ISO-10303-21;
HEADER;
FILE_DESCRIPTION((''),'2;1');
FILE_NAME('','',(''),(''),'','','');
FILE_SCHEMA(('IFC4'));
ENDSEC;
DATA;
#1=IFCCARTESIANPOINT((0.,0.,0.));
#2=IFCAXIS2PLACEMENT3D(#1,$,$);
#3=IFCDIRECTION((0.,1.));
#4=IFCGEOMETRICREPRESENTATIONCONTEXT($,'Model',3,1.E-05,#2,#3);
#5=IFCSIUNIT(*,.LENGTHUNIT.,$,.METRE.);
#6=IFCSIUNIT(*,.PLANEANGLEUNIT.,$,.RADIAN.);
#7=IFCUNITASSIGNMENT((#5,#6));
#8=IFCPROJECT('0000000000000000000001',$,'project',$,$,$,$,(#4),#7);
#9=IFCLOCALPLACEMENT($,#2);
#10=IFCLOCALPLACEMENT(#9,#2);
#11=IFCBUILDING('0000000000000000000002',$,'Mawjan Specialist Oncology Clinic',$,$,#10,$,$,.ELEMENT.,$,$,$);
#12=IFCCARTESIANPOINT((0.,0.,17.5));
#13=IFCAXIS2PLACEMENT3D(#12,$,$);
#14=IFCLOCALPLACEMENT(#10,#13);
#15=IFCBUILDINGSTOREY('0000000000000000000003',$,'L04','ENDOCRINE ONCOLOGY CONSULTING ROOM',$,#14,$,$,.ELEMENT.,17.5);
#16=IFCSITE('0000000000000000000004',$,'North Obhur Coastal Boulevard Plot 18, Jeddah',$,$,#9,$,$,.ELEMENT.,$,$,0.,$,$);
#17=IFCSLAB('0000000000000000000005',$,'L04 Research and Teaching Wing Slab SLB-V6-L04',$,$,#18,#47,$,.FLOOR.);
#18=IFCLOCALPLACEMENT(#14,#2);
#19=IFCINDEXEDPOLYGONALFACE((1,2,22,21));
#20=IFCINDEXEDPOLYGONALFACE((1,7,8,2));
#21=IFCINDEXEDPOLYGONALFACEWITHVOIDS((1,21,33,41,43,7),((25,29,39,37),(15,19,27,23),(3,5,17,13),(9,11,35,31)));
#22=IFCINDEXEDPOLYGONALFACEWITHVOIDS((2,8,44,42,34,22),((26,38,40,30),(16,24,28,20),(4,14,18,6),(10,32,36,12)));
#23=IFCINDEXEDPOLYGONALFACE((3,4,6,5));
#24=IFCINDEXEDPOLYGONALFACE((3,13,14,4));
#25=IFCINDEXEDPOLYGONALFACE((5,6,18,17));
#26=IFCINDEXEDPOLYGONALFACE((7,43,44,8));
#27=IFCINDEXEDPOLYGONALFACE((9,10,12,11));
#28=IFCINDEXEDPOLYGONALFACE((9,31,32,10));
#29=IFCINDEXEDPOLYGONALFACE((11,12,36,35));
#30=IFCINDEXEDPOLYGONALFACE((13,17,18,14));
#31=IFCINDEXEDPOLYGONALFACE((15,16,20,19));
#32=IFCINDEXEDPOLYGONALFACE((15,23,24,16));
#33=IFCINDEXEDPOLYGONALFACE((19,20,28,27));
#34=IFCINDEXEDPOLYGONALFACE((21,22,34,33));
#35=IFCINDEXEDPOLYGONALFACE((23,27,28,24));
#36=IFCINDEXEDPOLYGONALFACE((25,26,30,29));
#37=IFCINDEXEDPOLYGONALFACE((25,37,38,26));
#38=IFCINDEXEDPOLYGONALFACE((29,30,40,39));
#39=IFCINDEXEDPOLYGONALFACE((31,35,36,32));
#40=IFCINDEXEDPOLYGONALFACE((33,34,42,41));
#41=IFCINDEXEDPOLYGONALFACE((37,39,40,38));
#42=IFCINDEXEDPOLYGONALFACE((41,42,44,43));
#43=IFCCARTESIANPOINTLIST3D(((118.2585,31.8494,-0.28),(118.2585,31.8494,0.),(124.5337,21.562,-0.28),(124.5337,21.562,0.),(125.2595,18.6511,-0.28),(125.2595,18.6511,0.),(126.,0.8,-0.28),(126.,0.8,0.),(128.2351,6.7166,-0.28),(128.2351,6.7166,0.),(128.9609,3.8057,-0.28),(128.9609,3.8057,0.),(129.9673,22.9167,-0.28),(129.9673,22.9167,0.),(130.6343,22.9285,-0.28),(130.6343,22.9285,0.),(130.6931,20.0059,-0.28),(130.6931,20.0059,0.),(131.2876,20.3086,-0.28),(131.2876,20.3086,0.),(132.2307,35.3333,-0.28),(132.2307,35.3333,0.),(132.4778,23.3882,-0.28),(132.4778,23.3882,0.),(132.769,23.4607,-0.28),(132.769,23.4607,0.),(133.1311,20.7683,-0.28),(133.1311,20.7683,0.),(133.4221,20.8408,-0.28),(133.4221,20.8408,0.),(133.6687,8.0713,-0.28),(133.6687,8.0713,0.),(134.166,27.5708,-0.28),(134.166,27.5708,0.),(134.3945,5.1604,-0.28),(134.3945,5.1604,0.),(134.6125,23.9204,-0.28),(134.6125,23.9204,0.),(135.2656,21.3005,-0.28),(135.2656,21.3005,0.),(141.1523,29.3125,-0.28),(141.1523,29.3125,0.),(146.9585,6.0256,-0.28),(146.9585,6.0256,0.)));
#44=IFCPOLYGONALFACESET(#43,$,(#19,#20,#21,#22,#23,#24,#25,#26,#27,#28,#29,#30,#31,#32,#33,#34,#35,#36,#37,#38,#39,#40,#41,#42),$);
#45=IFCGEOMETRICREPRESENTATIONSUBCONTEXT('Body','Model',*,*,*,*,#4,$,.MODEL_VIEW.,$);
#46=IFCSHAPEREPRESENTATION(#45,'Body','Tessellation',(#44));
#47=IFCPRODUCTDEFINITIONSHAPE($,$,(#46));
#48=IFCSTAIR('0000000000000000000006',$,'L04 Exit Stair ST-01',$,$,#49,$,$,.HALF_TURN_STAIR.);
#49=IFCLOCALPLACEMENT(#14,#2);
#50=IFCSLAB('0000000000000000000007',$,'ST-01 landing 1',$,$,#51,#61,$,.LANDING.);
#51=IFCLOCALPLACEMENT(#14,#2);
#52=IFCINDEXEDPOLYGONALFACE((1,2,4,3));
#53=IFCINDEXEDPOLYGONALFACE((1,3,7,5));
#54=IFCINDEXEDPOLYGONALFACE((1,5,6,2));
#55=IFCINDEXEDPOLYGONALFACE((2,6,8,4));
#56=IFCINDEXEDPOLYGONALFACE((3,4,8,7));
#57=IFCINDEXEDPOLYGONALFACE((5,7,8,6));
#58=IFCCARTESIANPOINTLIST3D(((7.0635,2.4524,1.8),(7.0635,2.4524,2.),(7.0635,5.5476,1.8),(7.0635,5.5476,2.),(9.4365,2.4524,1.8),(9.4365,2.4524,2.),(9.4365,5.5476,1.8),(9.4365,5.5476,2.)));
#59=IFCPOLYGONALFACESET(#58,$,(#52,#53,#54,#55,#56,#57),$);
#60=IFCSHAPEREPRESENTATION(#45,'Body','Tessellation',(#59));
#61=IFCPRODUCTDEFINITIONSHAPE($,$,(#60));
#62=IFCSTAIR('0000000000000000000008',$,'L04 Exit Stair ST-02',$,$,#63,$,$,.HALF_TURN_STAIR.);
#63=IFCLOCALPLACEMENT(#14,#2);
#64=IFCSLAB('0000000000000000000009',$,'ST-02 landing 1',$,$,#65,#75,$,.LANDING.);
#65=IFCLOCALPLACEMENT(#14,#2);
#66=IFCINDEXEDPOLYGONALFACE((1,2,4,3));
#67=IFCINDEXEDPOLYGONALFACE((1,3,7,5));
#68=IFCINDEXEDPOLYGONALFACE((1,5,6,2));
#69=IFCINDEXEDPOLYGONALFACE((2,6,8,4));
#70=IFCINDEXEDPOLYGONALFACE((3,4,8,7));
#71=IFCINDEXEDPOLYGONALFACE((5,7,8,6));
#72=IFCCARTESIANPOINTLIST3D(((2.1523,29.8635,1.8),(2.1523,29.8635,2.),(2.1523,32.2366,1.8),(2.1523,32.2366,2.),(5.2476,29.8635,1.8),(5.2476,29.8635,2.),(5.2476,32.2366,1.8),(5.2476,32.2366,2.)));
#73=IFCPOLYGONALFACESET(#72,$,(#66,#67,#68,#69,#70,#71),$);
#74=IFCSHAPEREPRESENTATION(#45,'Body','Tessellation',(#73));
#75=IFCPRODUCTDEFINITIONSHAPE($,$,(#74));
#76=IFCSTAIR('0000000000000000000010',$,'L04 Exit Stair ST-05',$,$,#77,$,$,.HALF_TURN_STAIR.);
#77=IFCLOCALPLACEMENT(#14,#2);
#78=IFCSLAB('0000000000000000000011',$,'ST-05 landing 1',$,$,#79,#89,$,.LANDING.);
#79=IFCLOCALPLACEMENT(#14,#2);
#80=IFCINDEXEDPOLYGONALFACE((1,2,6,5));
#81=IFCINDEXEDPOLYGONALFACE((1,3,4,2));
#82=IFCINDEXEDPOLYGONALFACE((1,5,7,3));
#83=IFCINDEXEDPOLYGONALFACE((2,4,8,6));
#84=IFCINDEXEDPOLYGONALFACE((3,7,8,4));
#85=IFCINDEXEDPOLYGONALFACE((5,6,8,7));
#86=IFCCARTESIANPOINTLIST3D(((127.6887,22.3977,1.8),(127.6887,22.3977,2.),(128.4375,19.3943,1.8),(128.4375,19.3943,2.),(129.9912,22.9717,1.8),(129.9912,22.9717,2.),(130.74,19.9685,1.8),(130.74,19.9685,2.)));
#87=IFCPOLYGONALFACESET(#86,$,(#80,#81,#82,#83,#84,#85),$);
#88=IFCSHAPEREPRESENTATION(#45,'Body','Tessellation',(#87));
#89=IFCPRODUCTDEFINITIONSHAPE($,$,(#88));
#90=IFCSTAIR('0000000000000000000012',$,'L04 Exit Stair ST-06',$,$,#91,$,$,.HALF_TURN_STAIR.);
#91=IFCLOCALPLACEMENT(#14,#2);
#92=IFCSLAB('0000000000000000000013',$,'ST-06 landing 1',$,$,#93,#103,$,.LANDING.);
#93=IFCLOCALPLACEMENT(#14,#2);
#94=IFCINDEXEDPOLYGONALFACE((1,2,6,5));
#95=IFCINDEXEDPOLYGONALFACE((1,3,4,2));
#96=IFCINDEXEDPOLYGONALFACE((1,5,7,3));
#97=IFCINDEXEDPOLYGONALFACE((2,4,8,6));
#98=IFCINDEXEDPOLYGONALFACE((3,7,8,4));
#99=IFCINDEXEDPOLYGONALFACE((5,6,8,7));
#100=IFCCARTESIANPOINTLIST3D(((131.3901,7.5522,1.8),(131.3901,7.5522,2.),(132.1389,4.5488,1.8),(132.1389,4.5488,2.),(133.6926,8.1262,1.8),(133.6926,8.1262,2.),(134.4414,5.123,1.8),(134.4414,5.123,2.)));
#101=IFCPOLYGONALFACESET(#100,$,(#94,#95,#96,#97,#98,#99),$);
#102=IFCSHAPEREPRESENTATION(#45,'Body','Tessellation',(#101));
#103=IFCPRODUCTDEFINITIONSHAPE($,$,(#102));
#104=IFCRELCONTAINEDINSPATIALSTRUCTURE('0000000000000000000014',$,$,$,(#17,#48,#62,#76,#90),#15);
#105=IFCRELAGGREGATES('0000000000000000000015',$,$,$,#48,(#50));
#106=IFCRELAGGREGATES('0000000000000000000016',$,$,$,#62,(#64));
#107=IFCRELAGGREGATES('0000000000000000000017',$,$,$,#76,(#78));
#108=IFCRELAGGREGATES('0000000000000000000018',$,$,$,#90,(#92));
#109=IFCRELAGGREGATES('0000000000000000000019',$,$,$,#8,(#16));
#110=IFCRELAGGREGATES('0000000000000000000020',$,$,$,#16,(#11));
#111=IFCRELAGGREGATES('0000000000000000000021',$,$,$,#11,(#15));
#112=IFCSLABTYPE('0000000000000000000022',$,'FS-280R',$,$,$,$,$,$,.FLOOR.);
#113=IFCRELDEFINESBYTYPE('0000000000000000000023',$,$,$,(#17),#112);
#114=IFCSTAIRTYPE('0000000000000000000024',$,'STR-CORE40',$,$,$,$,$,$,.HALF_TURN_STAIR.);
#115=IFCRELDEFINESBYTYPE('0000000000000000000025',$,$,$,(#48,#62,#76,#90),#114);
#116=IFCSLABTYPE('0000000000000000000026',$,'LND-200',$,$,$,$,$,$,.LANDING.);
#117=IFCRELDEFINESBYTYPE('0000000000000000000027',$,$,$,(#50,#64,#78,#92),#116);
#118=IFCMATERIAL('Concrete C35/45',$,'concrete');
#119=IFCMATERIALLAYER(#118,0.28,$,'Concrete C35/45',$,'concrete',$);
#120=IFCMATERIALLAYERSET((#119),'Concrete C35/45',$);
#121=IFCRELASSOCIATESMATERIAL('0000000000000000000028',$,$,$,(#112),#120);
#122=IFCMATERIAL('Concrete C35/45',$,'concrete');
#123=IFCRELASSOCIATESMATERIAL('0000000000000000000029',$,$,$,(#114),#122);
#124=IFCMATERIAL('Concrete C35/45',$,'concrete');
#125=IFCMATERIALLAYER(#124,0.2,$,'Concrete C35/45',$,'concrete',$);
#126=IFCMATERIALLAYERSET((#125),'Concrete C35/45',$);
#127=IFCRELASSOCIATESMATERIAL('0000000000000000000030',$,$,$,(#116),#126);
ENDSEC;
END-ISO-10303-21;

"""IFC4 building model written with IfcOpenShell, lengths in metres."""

from ifc_helpers import new_model, si_unit, direction, frame, origin, place, context, subcontext, project, spatial, polyline, outline, extrude, material, layer, layer_set, type_object, element, aggregate, save


model = new_model("IFC4")

# Units and contexts
model_context = context("Model", 3, precision=1e-05, world=origin(), true_north=direction((0.0, 1.0)))
body_context = subcontext(model_context, "Body", "Model", "MODEL_VIEW")
ifc_project = project(units=[si_unit("LENGTHUNIT", "METRE"), si_unit("PLANEANGLEUNIT", "RADIAN")], contexts=[model_context])

# Site, building, storey
site_placement = place(None, origin())
site = spatial("IfcSite", under=ifc_project, at=site_placement, Name="North Obhur Coastal Boulevard Plot 18, Jeddah", CompositionType="ELEMENT", RefElevation=0.0)
building_placement = place(site_placement, origin())
building = spatial("IfcBuilding", under=site, at=building_placement, Name="Mawjan Specialist Oncology Clinic", CompositionType="ELEMENT")
storey_placement = place(building_placement, frame((0.0, 0.0, 17.5)))
storey = spatial("IfcBuildingStorey", under=building, at=storey_placement, Name="L04", Description="ENDOCRINE ONCOLOGY CONSULTING ROOM", CompositionType="ELEMENT", Elevation=17.5)

# Slab
ifc_material_1 = material(Name="Concrete C35/45", Category="concrete")
ifc_layer_1 = layer(ifc_material_1, 0.28, Name="Concrete C35/45", Category="concrete")
ifc_layer_set_1 = layer_set([ifc_layer_1], Name="Concrete C35/45")
slab_type_1 = type_object("IfcSlabType", Name="FS-280R", PredefinedType="FLOOR", material=ifc_layer_set_1)
slab_1_placement = place(storey_placement, frame((0.0, 0.0, -0.28)))
element("IfcSlab", 1, at=slab_1_placement, inside=storey, type_object=slab_type_1, Name="L04 Research and Teaching Wing Slab SLB-V6-L04", PredefinedType="FLOOR", context=body_context, shape_type="SweptSolid", body=[
    extrude(outline(polyline([(126.0, 0.8), (146.9585, 6.0256), (141.1523, 29.3125), (134.166, 27.5708), (132.2307, 35.3333), (118.2585, 31.8494), (126.0, 0.8)]), holes=[polyline([(125.2595, 18.6511), (130.6931, 20.0059), (129.9673, 22.9167), (124.5337, 21.562), (125.2595, 18.6511)]), polyline([(131.2876, 20.3086), (133.1311, 20.7683), (132.4778, 23.3882), (130.6343, 22.9285), (131.2876, 20.3086)]), polyline([(133.4221, 20.8408), (135.2656, 21.3005), (134.6125, 23.9204), (132.769, 23.4607), (133.4221, 20.8408)]), polyline([(128.9609, 3.8057), (134.3945, 5.1604), (133.6687, 8.0713), (128.2351, 6.7166), (128.9609, 3.8057)])]), origin(), (0.0, 0.0, 1.0), 0.28),
])

# Stairs, slabs
ifc_material_2 = material(Name="Concrete C35/45", Category="concrete")
stair_type = type_object("IfcStairType", Name="STR-CORE40", PredefinedType="HALF_TURN_STAIR", material=ifc_material_2)
stair_1_placement = place(storey_placement, origin())
stair_1 = element("IfcStair", 2, at=stair_1_placement, inside=storey, type_object=stair_type, Name="L04 Exit Stair ST-01", PredefinedType="HALF_TURN_STAIR")
ifc_material_3 = material(Name="Concrete C35/45", Category="concrete")
ifc_layer_2 = layer(ifc_material_3, 0.2, Name="Concrete C35/45", Category="concrete")
ifc_layer_set_2 = layer_set([ifc_layer_2], Name="Concrete C35/45")
slab_type_2 = type_object("IfcSlabType", Name="LND-200", PredefinedType="LANDING", material=ifc_layer_set_2)
slab_2_placement = place(storey_placement, frame((0.0, 0.0, 1.8)))
slab_2 = element("IfcSlab", 3, at=slab_2_placement, type_object=slab_type_2, Name="ST-01 landing 1", PredefinedType="LANDING", context=body_context, shape_type="SweptSolid", body=[
    extrude(outline(polyline([(7.0635, 2.4524), (9.4365, 2.4524), (9.4365, 5.5476), (7.0635, 5.5476), (7.0635, 2.4524)])), origin(), (0.0, 0.0, 1.0), 0.2),
])
aggregate(stair_1, [slab_2])
stair_2_placement = place(storey_placement, origin())
stair_2 = element("IfcStair", 4, at=stair_2_placement, inside=storey, type_object=stair_type, Name="L04 Exit Stair ST-02", PredefinedType="HALF_TURN_STAIR")
slab_3_placement = place(storey_placement, frame((0.0, 0.0, 1.8)))
slab_3 = element("IfcSlab", 5, at=slab_3_placement, type_object=slab_type_2, Name="ST-02 landing 1", PredefinedType="LANDING", context=body_context, shape_type="SweptSolid", body=[
    extrude(outline(polyline([(5.2476, 29.8635), (5.2476, 32.2366), (2.1523, 32.2366), (2.1523, 29.8635), (5.2476, 29.8635)])), origin(), (0.0, 0.0, 1.0), 0.2),
])
aggregate(stair_2, [slab_3])
stair_3_placement = place(storey_placement, origin())
stair_3 = element("IfcStair", 6, at=stair_3_placement, inside=storey, type_object=stair_type, Name="L04 Exit Stair ST-05", PredefinedType="HALF_TURN_STAIR")
slab_4_placement = place(storey_placement, frame((0.0, 0.0, 1.8)))
slab_4 = element("IfcSlab", 7, at=slab_4_placement, type_object=slab_type_2, Name="ST-05 landing 1", PredefinedType="LANDING", context=body_context, shape_type="SweptSolid", body=[
    extrude(outline(polyline([(128.4375, 19.3943), (130.74, 19.9685), (129.9912, 22.9717), (127.6887, 22.3977), (128.4375, 19.3943)])), origin(), (0.0, 0.0, 1.0), 0.2),
])
aggregate(stair_3, [slab_4])
stair_4_placement = place(storey_placement, origin())
stair_4 = element("IfcStair", 8, at=stair_4_placement, inside=storey, type_object=stair_type, Name="L04 Exit Stair ST-06", PredefinedType="HALF_TURN_STAIR")
slab_5_placement = place(storey_placement, frame((0.0, 0.0, 1.8)))
slab_5 = element("IfcSlab", 9, at=slab_5_placement, type_object=slab_type_2, Name="ST-06 landing 1", PredefinedType="LANDING", context=body_context, shape_type="SweptSolid", body=[
    extrude(outline(polyline([(132.1389, 4.5488), (134.4414, 5.123), (133.6926, 8.1262), (131.3901, 7.5522), (132.1389, 4.5488)])), origin(), (0.0, 0.0, 1.0), 0.2),
])
aggregate(stair_4, [slab_5])

save(model, "model.ifc")
